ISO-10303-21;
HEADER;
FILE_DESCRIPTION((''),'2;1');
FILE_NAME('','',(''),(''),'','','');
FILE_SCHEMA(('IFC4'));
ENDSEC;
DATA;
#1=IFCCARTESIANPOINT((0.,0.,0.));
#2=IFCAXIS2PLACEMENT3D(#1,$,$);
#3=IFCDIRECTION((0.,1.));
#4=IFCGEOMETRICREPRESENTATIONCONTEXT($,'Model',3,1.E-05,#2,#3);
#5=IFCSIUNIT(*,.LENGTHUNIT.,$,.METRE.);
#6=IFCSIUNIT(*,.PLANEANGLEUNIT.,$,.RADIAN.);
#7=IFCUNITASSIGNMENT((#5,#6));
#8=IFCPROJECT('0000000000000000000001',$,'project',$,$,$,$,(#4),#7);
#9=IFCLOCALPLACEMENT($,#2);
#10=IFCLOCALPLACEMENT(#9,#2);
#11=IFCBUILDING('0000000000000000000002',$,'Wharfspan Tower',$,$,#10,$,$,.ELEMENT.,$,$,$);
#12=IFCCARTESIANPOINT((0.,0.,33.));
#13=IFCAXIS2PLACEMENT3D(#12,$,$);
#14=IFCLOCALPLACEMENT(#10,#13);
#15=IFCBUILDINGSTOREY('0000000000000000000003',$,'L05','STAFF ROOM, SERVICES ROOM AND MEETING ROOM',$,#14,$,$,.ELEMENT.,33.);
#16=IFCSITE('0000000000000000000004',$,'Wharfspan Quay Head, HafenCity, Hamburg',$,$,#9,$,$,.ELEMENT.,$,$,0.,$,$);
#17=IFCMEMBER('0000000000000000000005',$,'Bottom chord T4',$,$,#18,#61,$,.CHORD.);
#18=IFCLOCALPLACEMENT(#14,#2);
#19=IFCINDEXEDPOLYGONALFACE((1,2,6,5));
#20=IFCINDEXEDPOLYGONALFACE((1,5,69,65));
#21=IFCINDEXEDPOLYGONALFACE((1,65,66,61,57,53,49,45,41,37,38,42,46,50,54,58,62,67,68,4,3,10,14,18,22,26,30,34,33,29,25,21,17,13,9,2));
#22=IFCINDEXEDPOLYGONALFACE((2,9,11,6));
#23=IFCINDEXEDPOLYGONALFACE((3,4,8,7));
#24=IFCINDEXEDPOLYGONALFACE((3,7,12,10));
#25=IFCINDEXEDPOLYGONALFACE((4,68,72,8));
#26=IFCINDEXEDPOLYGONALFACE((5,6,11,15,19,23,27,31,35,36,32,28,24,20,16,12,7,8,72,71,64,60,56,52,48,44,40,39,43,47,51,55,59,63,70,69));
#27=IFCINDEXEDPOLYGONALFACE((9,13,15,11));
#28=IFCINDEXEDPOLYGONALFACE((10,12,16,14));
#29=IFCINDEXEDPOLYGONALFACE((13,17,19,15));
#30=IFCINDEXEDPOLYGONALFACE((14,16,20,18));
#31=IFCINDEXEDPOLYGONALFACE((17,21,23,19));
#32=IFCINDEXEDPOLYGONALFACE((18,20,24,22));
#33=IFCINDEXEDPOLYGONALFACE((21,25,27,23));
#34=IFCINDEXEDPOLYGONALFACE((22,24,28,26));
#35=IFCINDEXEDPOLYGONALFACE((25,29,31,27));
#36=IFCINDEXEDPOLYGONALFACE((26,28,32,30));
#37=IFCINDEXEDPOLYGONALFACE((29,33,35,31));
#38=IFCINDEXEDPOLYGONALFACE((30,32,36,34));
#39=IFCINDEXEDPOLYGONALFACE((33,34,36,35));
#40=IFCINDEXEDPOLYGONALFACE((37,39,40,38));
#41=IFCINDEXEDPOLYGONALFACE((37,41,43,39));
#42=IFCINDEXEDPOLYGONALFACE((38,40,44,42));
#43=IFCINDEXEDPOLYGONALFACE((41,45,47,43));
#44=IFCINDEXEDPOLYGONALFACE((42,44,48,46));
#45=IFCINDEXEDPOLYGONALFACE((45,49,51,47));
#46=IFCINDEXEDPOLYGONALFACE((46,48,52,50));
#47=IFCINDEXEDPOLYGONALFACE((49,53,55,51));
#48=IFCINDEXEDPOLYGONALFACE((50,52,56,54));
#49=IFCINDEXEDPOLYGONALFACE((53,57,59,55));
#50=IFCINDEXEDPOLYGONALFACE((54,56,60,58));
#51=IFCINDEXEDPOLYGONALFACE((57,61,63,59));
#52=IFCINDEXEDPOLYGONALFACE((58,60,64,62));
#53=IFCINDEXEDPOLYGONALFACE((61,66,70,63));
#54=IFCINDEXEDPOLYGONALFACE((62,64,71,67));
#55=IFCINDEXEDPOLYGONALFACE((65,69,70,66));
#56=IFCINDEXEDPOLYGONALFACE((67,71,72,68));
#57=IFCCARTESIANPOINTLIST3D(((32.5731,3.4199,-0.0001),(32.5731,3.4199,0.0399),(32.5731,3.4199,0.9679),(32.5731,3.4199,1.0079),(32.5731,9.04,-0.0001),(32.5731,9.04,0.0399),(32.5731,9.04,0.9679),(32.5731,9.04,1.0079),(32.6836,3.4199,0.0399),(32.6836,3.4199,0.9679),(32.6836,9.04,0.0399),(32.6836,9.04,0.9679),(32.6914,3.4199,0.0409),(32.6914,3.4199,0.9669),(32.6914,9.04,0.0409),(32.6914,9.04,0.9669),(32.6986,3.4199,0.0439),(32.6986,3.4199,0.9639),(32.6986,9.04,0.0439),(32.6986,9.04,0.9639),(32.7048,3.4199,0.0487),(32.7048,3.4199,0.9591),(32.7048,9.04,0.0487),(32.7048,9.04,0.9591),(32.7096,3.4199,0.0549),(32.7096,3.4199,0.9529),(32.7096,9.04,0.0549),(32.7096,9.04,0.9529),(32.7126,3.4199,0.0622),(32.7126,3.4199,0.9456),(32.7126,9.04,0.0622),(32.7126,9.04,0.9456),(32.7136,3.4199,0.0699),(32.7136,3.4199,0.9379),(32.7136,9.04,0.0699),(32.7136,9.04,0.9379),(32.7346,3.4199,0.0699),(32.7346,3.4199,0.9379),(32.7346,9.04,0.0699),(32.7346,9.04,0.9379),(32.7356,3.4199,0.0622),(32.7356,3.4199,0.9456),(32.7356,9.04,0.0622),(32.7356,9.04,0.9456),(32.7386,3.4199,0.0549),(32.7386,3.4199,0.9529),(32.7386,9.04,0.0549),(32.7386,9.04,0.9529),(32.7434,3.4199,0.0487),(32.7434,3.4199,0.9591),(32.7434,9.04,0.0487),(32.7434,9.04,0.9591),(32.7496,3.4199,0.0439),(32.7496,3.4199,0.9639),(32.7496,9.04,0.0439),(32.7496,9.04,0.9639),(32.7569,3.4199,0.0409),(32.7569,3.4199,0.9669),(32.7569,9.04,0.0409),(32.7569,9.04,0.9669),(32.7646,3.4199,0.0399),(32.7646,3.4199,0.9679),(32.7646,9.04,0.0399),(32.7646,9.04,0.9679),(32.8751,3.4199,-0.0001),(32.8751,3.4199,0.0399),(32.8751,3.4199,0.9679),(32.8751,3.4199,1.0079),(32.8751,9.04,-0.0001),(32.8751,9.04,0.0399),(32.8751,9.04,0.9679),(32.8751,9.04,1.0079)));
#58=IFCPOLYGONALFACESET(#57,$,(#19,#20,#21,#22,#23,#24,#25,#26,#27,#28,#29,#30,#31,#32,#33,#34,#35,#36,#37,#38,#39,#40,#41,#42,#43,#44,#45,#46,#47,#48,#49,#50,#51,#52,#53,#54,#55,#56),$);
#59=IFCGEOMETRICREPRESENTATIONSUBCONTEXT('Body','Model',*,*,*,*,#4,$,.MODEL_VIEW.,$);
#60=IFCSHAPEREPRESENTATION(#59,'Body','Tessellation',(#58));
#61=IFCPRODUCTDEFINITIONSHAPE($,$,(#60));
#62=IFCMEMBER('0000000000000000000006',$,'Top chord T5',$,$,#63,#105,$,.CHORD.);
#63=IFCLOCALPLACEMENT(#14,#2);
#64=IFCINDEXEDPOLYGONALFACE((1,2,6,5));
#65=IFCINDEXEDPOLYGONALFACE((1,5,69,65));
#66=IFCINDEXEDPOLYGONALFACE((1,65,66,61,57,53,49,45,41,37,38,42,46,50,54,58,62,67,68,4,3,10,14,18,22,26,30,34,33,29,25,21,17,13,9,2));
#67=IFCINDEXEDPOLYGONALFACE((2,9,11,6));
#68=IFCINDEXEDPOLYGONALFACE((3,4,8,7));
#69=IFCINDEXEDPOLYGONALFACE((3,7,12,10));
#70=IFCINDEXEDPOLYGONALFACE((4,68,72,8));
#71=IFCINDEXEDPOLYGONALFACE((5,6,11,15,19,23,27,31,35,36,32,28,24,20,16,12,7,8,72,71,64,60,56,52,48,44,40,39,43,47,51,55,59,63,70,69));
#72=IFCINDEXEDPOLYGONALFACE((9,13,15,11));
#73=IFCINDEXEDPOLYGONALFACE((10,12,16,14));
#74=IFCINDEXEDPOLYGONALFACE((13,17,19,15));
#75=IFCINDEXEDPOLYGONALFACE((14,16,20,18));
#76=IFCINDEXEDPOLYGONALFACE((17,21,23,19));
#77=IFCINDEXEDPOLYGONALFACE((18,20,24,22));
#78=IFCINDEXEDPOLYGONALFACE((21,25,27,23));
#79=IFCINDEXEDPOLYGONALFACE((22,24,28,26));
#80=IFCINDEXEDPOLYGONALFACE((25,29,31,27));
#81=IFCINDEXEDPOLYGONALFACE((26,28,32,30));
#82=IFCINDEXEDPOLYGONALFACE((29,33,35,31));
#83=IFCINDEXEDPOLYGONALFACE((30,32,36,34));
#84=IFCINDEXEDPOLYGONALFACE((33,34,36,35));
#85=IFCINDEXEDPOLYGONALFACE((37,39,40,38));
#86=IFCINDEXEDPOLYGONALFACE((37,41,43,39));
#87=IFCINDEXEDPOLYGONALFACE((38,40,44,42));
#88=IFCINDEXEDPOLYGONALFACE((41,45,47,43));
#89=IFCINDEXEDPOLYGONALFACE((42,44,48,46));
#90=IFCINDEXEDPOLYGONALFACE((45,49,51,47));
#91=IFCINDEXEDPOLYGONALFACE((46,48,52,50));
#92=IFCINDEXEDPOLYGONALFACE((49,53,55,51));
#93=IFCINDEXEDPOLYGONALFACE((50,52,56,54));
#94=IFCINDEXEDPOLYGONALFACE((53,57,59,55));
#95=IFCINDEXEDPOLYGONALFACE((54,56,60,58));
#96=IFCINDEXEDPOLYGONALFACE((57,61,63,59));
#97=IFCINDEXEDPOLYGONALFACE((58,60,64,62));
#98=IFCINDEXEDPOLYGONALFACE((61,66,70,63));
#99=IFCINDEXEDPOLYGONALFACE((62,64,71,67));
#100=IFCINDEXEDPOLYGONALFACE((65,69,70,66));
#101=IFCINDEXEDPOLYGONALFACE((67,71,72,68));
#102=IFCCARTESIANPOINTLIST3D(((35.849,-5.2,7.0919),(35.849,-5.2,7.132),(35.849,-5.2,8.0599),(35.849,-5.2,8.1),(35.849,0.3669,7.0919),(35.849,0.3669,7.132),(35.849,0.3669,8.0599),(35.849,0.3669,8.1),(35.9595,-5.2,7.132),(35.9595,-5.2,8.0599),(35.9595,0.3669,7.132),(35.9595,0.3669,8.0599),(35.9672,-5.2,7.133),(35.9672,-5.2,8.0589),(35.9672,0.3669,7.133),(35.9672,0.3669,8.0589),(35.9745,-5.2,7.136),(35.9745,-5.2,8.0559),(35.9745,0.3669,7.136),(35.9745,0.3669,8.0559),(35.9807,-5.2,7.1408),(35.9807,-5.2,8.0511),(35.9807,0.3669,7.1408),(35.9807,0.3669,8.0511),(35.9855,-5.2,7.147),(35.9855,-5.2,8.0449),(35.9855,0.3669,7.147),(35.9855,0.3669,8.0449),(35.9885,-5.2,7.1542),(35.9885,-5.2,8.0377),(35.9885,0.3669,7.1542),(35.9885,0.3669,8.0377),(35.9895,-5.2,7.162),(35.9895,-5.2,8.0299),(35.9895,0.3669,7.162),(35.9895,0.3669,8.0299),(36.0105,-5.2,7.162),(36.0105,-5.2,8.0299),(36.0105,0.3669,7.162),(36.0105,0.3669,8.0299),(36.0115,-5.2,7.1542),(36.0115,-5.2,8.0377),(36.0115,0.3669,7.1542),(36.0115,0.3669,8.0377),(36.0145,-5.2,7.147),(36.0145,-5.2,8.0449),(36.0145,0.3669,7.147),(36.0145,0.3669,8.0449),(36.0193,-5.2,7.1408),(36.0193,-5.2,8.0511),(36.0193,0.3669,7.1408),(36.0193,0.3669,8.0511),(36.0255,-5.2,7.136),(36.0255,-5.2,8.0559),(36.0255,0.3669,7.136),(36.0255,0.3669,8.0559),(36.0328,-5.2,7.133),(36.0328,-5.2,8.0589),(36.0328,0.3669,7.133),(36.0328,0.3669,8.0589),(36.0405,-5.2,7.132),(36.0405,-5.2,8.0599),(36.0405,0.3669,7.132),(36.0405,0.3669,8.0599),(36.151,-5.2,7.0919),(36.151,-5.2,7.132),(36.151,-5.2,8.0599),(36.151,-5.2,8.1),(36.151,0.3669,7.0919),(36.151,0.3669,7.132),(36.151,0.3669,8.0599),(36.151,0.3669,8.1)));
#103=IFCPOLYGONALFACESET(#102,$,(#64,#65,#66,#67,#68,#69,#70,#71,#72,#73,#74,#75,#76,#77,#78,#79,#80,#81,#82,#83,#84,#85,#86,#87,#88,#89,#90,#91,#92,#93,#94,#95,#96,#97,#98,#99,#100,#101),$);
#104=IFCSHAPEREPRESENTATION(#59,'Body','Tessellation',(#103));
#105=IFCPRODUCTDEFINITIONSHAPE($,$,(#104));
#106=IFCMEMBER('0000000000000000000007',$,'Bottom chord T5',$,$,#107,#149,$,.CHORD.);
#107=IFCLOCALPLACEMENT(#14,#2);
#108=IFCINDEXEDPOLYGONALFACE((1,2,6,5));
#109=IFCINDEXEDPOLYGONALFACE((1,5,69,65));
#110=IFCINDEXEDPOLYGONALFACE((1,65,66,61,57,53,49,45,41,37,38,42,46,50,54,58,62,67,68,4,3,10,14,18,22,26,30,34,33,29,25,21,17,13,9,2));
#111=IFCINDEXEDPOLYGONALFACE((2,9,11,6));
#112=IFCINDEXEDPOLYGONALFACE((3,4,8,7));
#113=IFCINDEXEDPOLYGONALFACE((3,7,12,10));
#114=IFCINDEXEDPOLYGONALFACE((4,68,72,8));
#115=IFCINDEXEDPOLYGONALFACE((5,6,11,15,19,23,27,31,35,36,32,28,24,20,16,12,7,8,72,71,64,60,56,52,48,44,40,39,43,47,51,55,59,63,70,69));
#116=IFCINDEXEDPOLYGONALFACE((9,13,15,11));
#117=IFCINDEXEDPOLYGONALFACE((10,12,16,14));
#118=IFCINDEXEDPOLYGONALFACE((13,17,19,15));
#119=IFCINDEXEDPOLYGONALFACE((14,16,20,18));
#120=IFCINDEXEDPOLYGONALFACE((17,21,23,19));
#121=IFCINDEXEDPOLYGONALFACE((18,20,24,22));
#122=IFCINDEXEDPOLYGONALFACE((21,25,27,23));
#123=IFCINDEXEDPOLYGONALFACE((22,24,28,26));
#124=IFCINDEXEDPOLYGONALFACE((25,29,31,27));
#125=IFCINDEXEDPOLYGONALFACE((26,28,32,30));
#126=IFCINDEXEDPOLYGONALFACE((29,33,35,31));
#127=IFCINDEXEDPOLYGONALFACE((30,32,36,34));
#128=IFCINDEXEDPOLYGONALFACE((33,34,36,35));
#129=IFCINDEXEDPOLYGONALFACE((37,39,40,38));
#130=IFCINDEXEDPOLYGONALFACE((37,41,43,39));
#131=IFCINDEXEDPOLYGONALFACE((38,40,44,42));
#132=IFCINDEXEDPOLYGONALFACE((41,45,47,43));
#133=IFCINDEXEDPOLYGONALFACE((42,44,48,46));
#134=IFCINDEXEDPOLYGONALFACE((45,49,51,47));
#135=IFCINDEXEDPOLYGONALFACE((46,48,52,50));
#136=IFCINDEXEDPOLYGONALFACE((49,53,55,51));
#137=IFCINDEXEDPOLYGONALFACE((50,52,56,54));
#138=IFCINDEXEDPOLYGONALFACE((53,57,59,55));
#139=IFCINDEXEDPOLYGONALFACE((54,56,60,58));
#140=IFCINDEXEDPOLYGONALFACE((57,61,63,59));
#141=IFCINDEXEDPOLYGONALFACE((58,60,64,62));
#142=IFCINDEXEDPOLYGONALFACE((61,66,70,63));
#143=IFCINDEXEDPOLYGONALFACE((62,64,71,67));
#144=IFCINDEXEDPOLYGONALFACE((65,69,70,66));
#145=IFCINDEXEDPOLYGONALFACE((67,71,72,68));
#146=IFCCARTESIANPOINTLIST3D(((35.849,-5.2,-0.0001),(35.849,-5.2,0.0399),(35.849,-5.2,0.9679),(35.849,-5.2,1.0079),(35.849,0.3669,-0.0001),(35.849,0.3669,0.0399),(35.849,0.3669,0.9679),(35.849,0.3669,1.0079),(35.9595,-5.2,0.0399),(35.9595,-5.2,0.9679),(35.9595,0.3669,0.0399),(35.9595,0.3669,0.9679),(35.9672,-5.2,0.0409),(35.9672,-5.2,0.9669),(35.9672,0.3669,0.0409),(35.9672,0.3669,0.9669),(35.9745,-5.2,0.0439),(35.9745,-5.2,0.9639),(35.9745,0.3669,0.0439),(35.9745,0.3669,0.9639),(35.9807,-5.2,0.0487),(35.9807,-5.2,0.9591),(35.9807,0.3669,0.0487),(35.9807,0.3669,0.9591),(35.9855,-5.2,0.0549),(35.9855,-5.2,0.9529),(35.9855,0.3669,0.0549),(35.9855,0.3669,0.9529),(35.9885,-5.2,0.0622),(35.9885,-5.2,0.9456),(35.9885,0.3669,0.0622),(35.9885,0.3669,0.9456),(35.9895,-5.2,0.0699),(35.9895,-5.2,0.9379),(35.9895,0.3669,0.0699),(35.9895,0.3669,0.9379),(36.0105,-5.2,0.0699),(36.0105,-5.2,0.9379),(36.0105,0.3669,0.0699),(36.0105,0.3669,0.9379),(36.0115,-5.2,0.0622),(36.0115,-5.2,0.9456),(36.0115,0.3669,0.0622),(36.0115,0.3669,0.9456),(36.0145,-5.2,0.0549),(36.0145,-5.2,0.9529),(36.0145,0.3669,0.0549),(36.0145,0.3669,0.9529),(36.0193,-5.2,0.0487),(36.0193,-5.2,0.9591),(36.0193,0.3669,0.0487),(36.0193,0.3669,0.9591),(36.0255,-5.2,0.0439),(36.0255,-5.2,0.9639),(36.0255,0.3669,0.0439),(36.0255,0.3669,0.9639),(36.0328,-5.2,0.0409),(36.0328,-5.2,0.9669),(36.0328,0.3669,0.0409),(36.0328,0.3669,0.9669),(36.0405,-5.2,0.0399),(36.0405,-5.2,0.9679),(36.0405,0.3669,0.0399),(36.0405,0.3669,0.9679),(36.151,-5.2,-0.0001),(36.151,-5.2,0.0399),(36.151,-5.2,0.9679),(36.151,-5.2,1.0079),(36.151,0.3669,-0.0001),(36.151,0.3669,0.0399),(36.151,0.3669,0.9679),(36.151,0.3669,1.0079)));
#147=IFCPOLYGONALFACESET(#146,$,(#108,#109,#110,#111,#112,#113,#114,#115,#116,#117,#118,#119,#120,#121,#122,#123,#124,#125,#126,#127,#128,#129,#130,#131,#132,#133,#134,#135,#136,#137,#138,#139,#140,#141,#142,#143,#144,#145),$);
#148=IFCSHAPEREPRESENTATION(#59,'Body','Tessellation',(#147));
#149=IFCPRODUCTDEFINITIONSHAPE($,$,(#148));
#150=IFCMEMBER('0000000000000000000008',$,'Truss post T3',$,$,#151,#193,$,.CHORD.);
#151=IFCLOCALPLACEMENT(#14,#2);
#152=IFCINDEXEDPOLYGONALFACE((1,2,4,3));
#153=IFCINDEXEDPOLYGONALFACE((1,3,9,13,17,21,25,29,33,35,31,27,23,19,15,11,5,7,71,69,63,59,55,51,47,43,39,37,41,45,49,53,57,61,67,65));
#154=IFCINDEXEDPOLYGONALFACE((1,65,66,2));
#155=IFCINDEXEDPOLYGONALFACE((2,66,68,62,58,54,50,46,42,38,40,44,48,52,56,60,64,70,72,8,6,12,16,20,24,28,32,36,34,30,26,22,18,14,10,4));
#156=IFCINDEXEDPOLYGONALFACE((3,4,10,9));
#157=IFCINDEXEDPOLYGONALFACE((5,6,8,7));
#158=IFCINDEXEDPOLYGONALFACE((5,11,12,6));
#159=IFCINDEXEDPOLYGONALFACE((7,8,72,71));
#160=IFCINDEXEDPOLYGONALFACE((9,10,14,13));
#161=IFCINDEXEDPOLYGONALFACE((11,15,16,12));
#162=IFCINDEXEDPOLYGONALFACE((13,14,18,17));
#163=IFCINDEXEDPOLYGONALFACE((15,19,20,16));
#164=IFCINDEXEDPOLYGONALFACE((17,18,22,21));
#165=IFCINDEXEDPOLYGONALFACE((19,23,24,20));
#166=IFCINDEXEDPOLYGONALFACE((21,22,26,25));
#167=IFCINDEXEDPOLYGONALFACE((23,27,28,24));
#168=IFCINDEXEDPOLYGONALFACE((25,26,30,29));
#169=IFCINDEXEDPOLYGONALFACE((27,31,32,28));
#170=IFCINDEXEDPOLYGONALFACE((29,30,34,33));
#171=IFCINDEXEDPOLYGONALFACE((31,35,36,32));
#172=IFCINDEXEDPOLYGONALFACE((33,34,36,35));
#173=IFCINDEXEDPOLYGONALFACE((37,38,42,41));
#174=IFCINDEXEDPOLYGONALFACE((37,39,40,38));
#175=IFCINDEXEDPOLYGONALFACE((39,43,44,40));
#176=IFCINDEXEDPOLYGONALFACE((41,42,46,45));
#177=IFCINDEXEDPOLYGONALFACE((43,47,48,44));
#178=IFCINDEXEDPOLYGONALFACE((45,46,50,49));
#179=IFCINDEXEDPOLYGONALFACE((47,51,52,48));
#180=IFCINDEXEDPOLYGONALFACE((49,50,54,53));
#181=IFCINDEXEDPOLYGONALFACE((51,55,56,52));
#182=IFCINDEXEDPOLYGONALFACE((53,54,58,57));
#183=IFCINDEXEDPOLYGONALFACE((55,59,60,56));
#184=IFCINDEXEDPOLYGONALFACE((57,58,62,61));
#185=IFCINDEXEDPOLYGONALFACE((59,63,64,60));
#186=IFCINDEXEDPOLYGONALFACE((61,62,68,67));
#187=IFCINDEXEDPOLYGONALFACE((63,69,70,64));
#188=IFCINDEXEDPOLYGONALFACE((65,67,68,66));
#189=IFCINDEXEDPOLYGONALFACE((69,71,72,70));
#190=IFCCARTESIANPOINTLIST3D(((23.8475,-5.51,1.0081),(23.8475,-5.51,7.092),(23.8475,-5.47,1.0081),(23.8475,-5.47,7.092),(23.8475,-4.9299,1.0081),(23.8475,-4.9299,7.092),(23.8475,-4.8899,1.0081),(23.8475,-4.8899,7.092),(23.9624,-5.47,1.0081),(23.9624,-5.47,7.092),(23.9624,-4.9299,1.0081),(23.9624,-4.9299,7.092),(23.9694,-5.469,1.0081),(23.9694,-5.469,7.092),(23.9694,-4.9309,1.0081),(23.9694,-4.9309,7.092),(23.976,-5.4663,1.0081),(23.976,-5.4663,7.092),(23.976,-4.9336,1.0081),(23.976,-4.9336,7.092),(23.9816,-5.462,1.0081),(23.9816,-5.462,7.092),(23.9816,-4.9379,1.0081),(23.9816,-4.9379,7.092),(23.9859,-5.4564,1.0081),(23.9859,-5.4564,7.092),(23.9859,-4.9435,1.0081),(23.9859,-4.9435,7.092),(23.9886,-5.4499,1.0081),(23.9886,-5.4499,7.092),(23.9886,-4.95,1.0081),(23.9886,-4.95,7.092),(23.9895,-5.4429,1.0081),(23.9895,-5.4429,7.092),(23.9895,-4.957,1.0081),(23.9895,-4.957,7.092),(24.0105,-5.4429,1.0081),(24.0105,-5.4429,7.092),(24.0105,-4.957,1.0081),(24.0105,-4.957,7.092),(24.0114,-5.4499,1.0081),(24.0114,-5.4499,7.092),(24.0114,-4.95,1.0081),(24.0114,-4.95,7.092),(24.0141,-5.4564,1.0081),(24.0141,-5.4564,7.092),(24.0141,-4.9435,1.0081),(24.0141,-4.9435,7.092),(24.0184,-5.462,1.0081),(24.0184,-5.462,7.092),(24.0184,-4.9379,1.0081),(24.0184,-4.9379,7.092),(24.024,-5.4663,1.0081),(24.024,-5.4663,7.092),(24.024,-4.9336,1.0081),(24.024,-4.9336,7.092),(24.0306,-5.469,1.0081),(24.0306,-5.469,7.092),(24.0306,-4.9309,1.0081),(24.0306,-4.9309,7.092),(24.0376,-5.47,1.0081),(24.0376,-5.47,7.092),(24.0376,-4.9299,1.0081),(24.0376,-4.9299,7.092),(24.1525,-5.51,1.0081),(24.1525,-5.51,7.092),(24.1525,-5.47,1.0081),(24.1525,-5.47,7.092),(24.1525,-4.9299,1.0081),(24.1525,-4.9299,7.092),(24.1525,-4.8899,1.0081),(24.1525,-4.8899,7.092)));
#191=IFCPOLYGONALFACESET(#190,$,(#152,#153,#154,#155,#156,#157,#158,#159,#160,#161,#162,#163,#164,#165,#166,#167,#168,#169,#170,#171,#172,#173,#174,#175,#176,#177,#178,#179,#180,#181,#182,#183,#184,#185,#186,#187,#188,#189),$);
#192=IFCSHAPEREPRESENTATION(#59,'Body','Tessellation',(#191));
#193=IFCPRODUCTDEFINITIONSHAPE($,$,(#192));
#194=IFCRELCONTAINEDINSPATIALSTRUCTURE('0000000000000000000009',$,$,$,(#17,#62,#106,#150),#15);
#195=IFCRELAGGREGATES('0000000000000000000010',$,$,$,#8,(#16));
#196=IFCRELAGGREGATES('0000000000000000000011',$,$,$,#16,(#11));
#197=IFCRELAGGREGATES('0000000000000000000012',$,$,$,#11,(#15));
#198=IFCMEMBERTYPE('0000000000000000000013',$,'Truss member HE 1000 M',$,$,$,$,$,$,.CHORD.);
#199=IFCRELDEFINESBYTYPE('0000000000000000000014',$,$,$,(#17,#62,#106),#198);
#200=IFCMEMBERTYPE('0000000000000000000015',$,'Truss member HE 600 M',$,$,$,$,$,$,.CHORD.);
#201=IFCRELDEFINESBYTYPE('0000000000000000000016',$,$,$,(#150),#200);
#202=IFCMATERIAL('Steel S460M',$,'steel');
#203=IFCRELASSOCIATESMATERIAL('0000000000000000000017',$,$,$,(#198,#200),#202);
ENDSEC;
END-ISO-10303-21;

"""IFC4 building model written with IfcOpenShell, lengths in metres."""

from ifc_helpers import new_model, si_unit, direction, frame, origin, origin_2d, place, context, subcontext, project, spatial, i_section, extrude, material, material_profile, profile_set, type_object, element, save


model = new_model("IFC4")

# Units and contexts
model_context = context("Model", 3, precision=1e-05, world=origin(), true_north=direction((0.0, 1.0)))
body_context = subcontext(model_context, "Body", "Model", "MODEL_VIEW")
ifc_project = project(units=[si_unit("LENGTHUNIT", "METRE"), si_unit("PLANEANGLEUNIT", "RADIAN")], contexts=[model_context])

# Site, building, storey
site_placement = place(None, origin())
site = spatial("IfcSite", under=ifc_project, at=site_placement, Name="Wharfspan Quay Head, HafenCity, Hamburg", CompositionType="ELEMENT", RefElevation=0.0)
building_placement = place(site_placement, origin())
building = spatial("IfcBuilding", under=site, at=building_placement, Name="Wharfspan Tower", CompositionType="ELEMENT")
storey_placement = place(building_placement, frame((0.0, 0.0, 33.0)))
storey = spatial("IfcBuildingStorey", under=building, at=storey_placement, Name="L05", Description="STAFF ROOM, SERVICES ROOM AND MEETING ROOM", CompositionType="ELEMENT", Elevation=33.0)

# Members
ifc_material_1 = material(Name="Steel S460M", Category="steel")
ifc_material_profile_1 = material_profile(ifc_material_1, i_section(OverallWidth=0.302, OverallDepth=1.0081, WebThickness=0.021, FlangeThickness=0.04, FilletRadius=0.03, at=origin_2d()))
ifc_profile_set_1 = profile_set([ifc_material_profile_1], Name="Steel S460M")
member_type_1 = type_object("IfcMemberType", Name="Truss member HE 1000 M", PredefinedType="CHORD", material=ifc_profile_set_1)
for number, where, z_axis, x_axis, name in (
    (1, (32.7241, 3.4199, 0.5039), (0.0, 1.0, 0.0), (-1.0, 0.0, 0.0), "Bottom chord T4"),
):
    element("IfcMember", number, at=place(storey_placement, frame(where, z_axis=z_axis, x_axis=x_axis)), inside=storey, type_object=member_type_1, Name=name, PredefinedType="CHORD", context=body_context, shape_type="SweptSolid", body=[
        extrude(i_section(OverallWidth=0.302, OverallDepth=1.0081, WebThickness=0.021, FlangeThickness=0.04, FilletRadius=0.03, at=origin_2d()), origin(), (0.0, 0.0, 1.0), 5.6201),
    ])
for number, where, z_axis, x_axis, name in (
    (2, (36.0, -5.2, 7.5959), (0.0, 1.0, 0.0), (-1.0, 0.0, 0.0), "Top chord T5"),
    (3, (36.0, -5.2, 0.5039), (0.0, 1.0, 0.0), (-1.0, 0.0, 0.0), "Bottom chord T5"),
):
    element("IfcMember", number, at=place(storey_placement, frame(where, z_axis=z_axis, x_axis=x_axis)), inside=storey, type_object=member_type_1, Name=name, PredefinedType="CHORD", context=body_context, shape_type="SweptSolid", body=[
        extrude(i_section(OverallWidth=0.302, OverallDepth=1.0081, WebThickness=0.021, FlangeThickness=0.04, FilletRadius=0.03, at=origin_2d()), origin(), (0.0, 0.0, 1.0), 5.5669),
    ])
ifc_material_profile_2 = material_profile(ifc_material_1, i_section(OverallWidth=0.3049, OverallDepth=0.6201, WebThickness=0.021, FlangeThickness=0.04, FilletRadius=0.0271, at=origin_2d()))
ifc_profile_set_2 = profile_set([ifc_material_profile_2], Name="Steel S460M")
member_type_2 = type_object("IfcMemberType", Name="Truss member HE 600 M", PredefinedType="CHORD", material=ifc_profile_set_2)
for number, where, z_axis, x_axis, name in (
    (4, (24.0, -5.2, 1.0081), (0.0, 0.0, 1.0), (1.0, 0.0, 0.0), "Truss post T3"),
):
    element("IfcMember", number, at=place(storey_placement, frame(where, z_axis=z_axis, x_axis=x_axis)), inside=storey, type_object=member_type_2, Name=name, PredefinedType="CHORD", context=body_context, shape_type="SweptSolid", body=[
        extrude(i_section(OverallWidth=0.3049, OverallDepth=0.6201, WebThickness=0.021, FlangeThickness=0.04, FilletRadius=0.0271, at=origin_2d()), origin(), (0.0, 0.0, 1.0), 6.084),
    ])

save(model, "model.ifc")
